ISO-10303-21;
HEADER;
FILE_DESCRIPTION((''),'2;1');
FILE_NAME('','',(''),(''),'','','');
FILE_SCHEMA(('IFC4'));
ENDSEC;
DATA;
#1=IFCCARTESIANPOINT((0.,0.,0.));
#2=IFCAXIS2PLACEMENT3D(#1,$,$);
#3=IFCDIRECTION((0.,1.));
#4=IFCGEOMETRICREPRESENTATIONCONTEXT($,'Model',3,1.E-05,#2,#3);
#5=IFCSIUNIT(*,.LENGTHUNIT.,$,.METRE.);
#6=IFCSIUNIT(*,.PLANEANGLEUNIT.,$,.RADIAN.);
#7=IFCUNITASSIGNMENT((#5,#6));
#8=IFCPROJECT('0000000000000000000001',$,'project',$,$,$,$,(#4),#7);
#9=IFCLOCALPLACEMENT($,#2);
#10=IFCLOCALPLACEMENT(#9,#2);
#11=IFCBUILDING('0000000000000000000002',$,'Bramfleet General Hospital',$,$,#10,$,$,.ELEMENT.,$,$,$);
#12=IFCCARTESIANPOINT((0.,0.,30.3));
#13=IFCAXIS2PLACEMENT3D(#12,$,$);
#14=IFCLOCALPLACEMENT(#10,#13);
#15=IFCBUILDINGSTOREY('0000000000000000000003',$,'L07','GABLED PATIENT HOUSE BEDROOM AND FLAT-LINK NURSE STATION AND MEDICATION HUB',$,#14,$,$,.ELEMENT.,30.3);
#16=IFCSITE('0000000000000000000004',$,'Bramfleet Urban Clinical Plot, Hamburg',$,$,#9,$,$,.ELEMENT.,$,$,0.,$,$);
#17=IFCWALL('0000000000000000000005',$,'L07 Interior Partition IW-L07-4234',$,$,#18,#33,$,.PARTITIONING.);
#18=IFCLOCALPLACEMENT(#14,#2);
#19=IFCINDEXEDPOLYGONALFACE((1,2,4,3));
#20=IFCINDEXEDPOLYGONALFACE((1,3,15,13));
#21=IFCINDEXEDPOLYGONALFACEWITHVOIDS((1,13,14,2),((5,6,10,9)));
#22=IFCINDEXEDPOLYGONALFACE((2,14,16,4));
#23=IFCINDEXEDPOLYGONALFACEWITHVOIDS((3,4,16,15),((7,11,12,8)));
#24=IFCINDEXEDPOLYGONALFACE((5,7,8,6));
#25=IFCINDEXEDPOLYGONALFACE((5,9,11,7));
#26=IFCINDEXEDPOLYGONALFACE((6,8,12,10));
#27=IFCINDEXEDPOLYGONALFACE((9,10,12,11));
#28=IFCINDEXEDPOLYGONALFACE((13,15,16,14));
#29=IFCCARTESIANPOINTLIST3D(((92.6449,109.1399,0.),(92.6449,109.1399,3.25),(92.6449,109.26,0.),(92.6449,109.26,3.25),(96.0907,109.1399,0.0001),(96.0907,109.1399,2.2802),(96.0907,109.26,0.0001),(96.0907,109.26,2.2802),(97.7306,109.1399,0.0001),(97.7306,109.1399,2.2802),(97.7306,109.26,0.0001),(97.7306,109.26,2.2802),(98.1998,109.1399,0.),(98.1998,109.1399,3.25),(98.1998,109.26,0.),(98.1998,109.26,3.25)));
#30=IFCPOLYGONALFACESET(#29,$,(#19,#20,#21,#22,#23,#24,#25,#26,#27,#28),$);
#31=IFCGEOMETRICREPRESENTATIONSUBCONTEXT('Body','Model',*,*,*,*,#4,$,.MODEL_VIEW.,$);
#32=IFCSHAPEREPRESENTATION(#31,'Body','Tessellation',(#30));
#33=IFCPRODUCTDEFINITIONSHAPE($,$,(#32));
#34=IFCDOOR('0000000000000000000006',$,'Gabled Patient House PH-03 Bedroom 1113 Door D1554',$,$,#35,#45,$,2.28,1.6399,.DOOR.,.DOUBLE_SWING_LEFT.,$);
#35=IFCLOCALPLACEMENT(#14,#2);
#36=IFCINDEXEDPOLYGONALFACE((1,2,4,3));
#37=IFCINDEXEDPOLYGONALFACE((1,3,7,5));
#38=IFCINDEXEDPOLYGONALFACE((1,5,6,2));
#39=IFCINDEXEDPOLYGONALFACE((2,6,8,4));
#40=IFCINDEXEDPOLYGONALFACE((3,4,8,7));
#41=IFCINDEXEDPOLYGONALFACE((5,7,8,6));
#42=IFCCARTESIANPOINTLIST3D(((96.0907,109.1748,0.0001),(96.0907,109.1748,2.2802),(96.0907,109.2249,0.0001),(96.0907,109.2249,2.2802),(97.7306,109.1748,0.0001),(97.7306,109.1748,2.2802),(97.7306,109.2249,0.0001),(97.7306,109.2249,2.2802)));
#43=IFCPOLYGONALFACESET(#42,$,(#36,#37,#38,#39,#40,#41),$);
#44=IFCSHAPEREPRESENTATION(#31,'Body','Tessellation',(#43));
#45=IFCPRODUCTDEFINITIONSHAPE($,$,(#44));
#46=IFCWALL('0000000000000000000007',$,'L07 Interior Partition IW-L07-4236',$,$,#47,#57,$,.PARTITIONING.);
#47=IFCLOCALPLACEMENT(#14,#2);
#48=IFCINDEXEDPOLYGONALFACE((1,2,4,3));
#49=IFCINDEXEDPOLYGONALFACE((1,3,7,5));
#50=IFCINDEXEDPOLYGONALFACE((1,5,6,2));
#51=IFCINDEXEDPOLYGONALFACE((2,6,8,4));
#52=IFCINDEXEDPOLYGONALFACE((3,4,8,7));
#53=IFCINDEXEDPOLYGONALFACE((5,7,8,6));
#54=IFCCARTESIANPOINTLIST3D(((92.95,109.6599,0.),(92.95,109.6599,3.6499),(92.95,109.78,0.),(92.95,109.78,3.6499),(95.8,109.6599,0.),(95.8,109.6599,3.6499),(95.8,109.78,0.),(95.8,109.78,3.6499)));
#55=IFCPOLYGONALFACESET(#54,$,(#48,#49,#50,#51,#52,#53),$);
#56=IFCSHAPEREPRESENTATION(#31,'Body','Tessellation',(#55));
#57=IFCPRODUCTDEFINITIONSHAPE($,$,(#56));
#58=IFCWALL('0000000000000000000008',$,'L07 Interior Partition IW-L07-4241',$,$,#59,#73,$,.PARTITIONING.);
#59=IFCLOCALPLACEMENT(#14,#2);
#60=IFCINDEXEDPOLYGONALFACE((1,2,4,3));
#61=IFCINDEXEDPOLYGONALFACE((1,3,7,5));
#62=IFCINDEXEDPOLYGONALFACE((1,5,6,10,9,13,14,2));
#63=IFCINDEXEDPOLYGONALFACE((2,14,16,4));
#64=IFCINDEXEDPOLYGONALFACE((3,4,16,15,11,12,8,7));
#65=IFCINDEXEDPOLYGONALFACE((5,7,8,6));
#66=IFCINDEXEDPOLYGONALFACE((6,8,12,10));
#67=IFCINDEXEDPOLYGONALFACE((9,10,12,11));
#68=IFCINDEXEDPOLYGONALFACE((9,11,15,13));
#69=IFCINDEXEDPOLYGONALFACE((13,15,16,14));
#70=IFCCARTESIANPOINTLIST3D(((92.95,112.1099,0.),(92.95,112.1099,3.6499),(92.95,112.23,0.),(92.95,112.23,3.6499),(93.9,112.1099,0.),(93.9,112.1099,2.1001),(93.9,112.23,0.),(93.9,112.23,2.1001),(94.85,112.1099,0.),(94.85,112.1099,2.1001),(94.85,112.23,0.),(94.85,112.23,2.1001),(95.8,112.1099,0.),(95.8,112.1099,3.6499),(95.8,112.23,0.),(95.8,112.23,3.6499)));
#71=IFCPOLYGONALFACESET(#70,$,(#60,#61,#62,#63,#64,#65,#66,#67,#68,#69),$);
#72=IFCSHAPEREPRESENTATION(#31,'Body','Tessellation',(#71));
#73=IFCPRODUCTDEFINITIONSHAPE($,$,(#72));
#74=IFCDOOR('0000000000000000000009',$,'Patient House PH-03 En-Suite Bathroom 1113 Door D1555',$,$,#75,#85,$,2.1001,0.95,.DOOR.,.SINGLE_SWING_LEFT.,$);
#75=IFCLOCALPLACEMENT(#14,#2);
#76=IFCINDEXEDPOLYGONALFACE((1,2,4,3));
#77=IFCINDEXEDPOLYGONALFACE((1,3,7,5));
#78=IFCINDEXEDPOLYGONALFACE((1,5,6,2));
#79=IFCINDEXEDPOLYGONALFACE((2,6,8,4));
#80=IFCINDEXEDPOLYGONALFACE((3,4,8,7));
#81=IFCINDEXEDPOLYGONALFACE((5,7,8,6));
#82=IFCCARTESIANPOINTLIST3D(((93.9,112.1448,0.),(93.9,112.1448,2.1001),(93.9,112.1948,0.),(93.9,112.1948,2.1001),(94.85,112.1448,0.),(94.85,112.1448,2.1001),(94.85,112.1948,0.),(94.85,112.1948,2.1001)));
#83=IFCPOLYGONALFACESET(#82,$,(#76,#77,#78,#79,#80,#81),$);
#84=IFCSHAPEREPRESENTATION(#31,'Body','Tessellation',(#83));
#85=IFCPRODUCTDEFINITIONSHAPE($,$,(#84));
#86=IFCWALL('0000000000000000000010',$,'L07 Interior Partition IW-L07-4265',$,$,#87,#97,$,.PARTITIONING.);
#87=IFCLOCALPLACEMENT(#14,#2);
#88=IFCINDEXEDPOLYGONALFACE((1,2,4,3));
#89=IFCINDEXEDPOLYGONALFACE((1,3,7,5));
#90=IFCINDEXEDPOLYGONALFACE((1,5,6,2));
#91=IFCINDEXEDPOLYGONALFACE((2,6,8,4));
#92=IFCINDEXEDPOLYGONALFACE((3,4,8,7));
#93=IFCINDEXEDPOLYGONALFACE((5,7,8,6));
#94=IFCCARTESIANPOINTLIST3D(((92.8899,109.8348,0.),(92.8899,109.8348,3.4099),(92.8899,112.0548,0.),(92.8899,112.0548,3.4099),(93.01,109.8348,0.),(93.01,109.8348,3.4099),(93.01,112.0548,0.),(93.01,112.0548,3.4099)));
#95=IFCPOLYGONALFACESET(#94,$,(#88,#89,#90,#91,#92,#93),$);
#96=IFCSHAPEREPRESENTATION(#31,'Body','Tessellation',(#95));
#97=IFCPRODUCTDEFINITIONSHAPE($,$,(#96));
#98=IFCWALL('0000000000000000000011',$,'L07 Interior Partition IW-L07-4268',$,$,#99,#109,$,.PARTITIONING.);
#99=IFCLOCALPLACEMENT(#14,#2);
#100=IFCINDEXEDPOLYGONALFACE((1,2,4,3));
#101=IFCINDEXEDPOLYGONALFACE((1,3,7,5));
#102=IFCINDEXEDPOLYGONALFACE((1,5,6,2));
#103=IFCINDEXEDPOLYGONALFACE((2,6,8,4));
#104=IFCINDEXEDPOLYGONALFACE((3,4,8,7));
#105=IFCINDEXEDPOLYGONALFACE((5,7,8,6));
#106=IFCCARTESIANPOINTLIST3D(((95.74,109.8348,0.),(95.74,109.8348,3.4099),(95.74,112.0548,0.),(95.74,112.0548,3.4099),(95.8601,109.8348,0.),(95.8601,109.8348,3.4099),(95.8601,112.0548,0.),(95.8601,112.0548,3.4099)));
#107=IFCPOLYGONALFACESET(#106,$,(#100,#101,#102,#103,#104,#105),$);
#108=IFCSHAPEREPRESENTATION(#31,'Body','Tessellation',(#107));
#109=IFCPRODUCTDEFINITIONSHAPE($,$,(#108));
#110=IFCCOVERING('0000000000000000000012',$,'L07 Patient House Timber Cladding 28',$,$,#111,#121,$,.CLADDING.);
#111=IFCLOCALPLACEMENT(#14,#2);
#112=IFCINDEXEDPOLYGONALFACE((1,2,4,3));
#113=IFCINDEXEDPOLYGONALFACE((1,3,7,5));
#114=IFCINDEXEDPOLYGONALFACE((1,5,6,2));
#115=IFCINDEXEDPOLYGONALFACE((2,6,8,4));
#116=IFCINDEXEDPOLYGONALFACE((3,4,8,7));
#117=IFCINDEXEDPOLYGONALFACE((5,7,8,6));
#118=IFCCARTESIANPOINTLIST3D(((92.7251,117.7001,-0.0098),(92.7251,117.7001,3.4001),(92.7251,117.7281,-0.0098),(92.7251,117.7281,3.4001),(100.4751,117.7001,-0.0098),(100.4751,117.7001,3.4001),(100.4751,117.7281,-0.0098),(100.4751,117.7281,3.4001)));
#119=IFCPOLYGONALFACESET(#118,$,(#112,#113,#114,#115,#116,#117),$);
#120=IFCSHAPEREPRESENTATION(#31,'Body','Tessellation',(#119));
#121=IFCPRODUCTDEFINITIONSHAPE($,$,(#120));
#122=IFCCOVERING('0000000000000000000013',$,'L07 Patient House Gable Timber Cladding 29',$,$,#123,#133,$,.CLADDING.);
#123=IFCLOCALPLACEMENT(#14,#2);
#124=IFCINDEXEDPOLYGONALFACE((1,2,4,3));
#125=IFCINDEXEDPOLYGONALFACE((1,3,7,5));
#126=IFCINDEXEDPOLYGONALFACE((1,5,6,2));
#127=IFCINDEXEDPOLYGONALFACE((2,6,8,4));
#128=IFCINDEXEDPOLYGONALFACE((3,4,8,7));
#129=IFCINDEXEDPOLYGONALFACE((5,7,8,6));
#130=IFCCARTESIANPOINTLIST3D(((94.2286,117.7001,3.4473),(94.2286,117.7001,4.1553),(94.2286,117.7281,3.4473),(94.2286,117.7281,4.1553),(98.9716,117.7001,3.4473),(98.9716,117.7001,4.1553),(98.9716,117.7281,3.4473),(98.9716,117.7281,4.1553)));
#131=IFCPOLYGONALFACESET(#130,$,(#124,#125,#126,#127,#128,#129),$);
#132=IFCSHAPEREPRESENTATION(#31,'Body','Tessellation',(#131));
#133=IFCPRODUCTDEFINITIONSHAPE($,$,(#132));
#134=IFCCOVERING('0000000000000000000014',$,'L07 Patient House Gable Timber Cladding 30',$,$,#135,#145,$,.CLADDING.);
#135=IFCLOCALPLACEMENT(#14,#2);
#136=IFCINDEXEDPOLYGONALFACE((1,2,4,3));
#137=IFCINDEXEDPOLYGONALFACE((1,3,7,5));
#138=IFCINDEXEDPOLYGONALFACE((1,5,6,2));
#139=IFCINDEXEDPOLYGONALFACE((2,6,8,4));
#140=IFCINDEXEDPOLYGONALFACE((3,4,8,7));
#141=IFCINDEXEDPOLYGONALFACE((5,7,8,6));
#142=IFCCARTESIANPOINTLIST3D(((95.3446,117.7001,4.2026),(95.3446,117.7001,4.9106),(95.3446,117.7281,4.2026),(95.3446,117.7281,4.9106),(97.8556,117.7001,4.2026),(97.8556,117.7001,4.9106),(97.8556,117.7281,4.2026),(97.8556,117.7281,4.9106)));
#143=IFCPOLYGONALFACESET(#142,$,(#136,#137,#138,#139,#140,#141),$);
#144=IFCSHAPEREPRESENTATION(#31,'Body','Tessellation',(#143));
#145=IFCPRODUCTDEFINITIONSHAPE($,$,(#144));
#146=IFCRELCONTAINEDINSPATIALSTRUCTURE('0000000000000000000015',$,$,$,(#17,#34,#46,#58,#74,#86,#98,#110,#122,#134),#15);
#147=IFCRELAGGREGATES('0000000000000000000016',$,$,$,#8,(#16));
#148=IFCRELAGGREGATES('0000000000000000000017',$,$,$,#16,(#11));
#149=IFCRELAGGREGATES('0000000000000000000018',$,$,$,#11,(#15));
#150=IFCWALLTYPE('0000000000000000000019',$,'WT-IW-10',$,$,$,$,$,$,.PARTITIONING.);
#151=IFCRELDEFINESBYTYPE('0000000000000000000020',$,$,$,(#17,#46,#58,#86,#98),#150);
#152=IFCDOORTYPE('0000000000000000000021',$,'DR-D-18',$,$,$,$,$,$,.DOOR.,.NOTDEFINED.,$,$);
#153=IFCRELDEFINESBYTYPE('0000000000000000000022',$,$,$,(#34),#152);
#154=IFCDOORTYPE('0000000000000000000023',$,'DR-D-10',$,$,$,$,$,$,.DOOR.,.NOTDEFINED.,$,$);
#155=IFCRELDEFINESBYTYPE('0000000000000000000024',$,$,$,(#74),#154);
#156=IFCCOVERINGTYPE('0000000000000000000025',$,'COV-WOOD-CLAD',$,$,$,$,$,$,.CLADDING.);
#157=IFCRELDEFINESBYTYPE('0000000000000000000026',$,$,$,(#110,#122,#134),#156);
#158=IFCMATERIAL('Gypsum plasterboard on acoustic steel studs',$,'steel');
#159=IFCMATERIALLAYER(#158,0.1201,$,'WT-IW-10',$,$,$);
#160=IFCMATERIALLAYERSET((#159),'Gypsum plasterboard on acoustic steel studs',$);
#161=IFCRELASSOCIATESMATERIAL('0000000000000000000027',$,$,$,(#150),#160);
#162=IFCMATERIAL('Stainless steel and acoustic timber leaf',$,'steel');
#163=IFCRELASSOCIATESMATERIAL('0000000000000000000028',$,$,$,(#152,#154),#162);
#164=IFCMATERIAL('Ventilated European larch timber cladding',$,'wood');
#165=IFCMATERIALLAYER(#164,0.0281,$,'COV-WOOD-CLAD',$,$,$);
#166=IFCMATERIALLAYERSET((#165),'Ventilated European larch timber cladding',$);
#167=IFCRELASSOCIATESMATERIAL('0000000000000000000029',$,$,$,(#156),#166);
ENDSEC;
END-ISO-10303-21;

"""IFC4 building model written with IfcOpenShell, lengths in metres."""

from ifc_helpers import new_model, si_unit, direction, frame, frame_2d, origin, origin_2d, place, context, subcontext, project, spatial, rectangle, extrude, material, layer, layer_set, type_object, element, fill, save


model = new_model("IFC4")

# Units and contexts
model_context = context("Model", 3, precision=1e-05, world=origin(), true_north=direction((0.0, 1.0)))
body_context = subcontext(model_context, "Body", "Model", "MODEL_VIEW")
ifc_project = project(units=[si_unit("LENGTHUNIT", "METRE"), si_unit("PLANEANGLEUNIT", "RADIAN")], contexts=[model_context])

# Site, building, storey
site_placement = place(None, origin())
site = spatial("IfcSite", under=ifc_project, at=site_placement, Name="Bramfleet Urban Clinical Plot, Hamburg", CompositionType="ELEMENT", RefElevation=0.0)
building_placement = place(site_placement, origin())
building = spatial("IfcBuilding", under=site, at=building_placement, Name="Bramfleet General Hospital", CompositionType="ELEMENT")
storey_placement = place(building_placement, frame((0.0, 0.0, 30.3)))
storey = spatial("IfcBuildingStorey", under=building, at=storey_placement, Name="L07", Description="GABLED PATIENT HOUSE BEDROOM AND FLAT-LINK NURSE STATION AND MEDICATION HUB", CompositionType="ELEMENT", Elevation=30.3)

# Wall, opening, door
ifc_material_1 = material(Name="Gypsum plasterboard on acoustic steel studs", Category="steel")
ifc_layer_1 = layer(ifc_material_1, 0.1201, Name="WT-IW-10")
ifc_layer_set_1 = layer_set([ifc_layer_1], Name="Gypsum plasterboard on acoustic steel studs")
wall_type_1 = type_object("IfcWallType", Name="WT-IW-10", PredefinedType="PARTITIONING", material=ifc_layer_set_1)
wall_1_placement = place(storey_placement, frame((92.645, 109.2, 0.0), z_axis=(0.0, 0.0, 1.0), x_axis=(1.0, 0.0, 0.0)))
wall_1 = element("IfcWall", 1, at=wall_1_placement, inside=storey, type_object=wall_type_1, Name="L07 Interior Partition IW-L07-4234", PredefinedType="PARTITIONING", context=body_context, shape_type="SweptSolid", body=[
    extrude(rectangle(XDim=5.5549, YDim=0.1201, at=frame_2d((2.7773, 0.0))), origin(), (0.0, 0.0, 1.0), 3.25),
])
opening_1_placement = place(wall_1_placement, frame((3.4458, 0.0, 0.0)))
opening_1 = element("IfcOpeningElement", 2, at=opening_1_placement, cuts=wall_1, PredefinedType="OPENING", context=body_context, shape_type="SweptSolid", body=[
    extrude(rectangle(XDim=1.6399, YDim=2.28, at=frame_2d((0.8198, 1.1401))), frame((0.0, 0.0701, 0.0), z_axis=(0.0, -1.0, 0.0), x_axis=(1.0, 0.0, 0.0)), (0.0, 0.0, 1.0), 0.1401),
])
ifc_material_2 = material(Name="Stainless steel and acoustic timber leaf", Category="steel")
door_type_1 = type_object("IfcDoorType", Name="DR-D-18", OperationType="NOTDEFINED", PredefinedType="DOOR", material=ifc_material_2)
door_1_placement = place(opening_1_placement, origin())
door_1 = element("IfcDoor", 3, at=door_1_placement, inside=storey, type_object=door_type_1, Name="Gabled Patient House PH-03 Bedroom 1113 Door D1554", OperationType="DOUBLE_SWING_LEFT", OverallHeight=2.28, OverallWidth=1.6399, PredefinedType="DOOR", context=body_context, shape_type="SweptSolid", body=[
    extrude(rectangle(XDim=1.6399, YDim=2.28, at=frame_2d((0.8198, 1.1401))), frame((0.0, 0.0249, 0.0), z_axis=(0.0, -1.0, 0.0), x_axis=(1.0, 0.0, 0.0)), (0.0, 0.0, 1.0), 0.05),
])
fill(opening_1, door_1)

# Wall
wall_2_placement = place(storey_placement, frame((92.95, 109.72, 0.0), z_axis=(0.0, 0.0, 1.0), x_axis=(1.0, 0.0, 0.0)))
element("IfcWall", 4, at=wall_2_placement, inside=storey, type_object=wall_type_1, Name="L07 Interior Partition IW-L07-4236", PredefinedType="PARTITIONING", context=body_context, shape_type="SweptSolid", body=[
    extrude(rectangle(XDim=2.8501, YDim=0.1201, at=frame_2d((1.425, 0.0))), origin(), (0.0, 0.0, 1.0), 3.6499),
])

# Wall, opening, door
wall_3_placement = place(storey_placement, frame((92.95, 112.1699, 0.0), z_axis=(0.0, 0.0, 1.0), x_axis=(1.0, 0.0, 0.0)))
wall_3 = element("IfcWall", 5, at=wall_3_placement, inside=storey, type_object=wall_type_1, Name="L07 Interior Partition IW-L07-4241", PredefinedType="PARTITIONING", context=body_context, shape_type="SweptSolid", body=[
    extrude(rectangle(XDim=2.8501, YDim=0.1201, at=frame_2d((1.425, 0.0))), origin(), (0.0, 0.0, 1.0), 3.6499),
])
opening_2_placement = place(wall_3_placement, frame((0.95, 0.0, 0.0)))
opening_2 = element("IfcOpeningElement", 6, at=opening_2_placement, cuts=wall_3, PredefinedType="OPENING", context=body_context, shape_type="SweptSolid", body=[
    extrude(rectangle(XDim=0.95, YDim=2.1001, at=frame_2d((0.4751, 1.05))), frame((0.0, 0.0701, 0.0), z_axis=(0.0, -1.0, 0.0), x_axis=(1.0, 0.0, 0.0)), (0.0, 0.0, 1.0), 0.1401),
])
door_type_2 = type_object("IfcDoorType", Name="DR-D-10", OperationType="NOTDEFINED", PredefinedType="DOOR", material=ifc_material_2)
door_2_placement = place(opening_2_placement, origin())
door_2 = element("IfcDoor", 7, at=door_2_placement, inside=storey, type_object=door_type_2, Name="Patient House PH-03 En-Suite Bathroom 1113 Door D1555", OperationType="SINGLE_SWING_LEFT", OverallHeight=2.1001, OverallWidth=0.95, PredefinedType="DOOR", context=body_context, shape_type="SweptSolid", body=[
    extrude(rectangle(XDim=0.95, YDim=2.1001, at=frame_2d((0.4751, 1.05))), frame((0.0, 0.0249, 0.0), z_axis=(0.0, -1.0, 0.0), x_axis=(1.0, 0.0, 0.0)), (0.0, 0.0, 1.0), 0.05),
])
fill(opening_2, door_2)

# Walls
for number, where, z_axis, x_axis, name in (
    (8, (92.95, 109.835, 0.0), (0.0, 0.0, 1.0), (0.0, 1.0, 0.0), "L07 Interior Partition IW-L07-4265"),
    (9, (95.8, 109.835, 0.0), (0.0, 0.0, 1.0), (0.0, 1.0, 0.0), "L07 Interior Partition IW-L07-4268"),
):
    element("IfcWall", number, at=place(storey_placement, frame(where, z_axis=z_axis, x_axis=x_axis)), inside=storey, type_object=wall_type_1, Name=name, PredefinedType="PARTITIONING", context=body_context, shape_type="SweptSolid", body=[
        extrude(rectangle(XDim=2.22, YDim=0.1201, at=frame_2d((1.1099, 0.0))), origin(), (0.0, 0.0, 1.0), 3.4099),
    ])

# Coverings
ifc_material_3 = material(Name="Ventilated European larch timber cladding", Category="wood")
ifc_layer_2 = layer(ifc_material_3, 0.0281, Name="COV-WOOD-CLAD")
ifc_layer_set_2 = layer_set([ifc_layer_2], Name="Ventilated European larch timber cladding")
covering_type = type_object("IfcCoveringType", Name="COV-WOOD-CLAD", PredefinedType="CLADDING", material=ifc_layer_set_2)
covering_1_placement = place(storey_placement, frame((96.6001, 117.7141, -0.0098), z_axis=(0.0, 0.0, 1.0), x_axis=(1.0, 0.0, 0.0)))
element("IfcCovering", 10, at=covering_1_placement, inside=storey, type_object=covering_type, Name="L07 Patient House Timber Cladding 28", PredefinedType="CLADDING", context=body_context, shape_type="SweptSolid", body=[
    extrude(rectangle(XDim=7.75, YDim=0.0281, at=origin_2d()), origin(), (0.0, 0.0, 1.0), 3.4099),
])
covering_2_placement = place(storey_placement, frame((96.6001, 117.7141, 3.4473), z_axis=(0.0, 0.0, 1.0), x_axis=(1.0, 0.0, 0.0)))
element("IfcCovering", 11, at=covering_2_placement, inside=storey, type_object=covering_type, Name="L07 Patient House Gable Timber Cladding 29", PredefinedType="CLADDING", context=body_context, shape_type="SweptSolid", body=[
    extrude(rectangle(XDim=4.7429, YDim=0.0281, at=origin_2d()), origin(), (0.0, 0.0, 1.0), 0.708),
])
covering_3_placement = place(storey_placement, frame((96.6001, 117.7141, 4.2026), z_axis=(0.0, 0.0, 1.0), x_axis=(1.0, 0.0, 0.0)))
element("IfcCovering", 12, at=covering_3_placement, inside=storey, type_object=covering_type, Name="L07 Patient House Gable Timber Cladding 30", PredefinedType="CLADDING", context=body_context, shape_type="SweptSolid", body=[
    extrude(rectangle(XDim=2.511, YDim=0.0281, at=origin_2d()), origin(), (0.0, 0.0, 1.0), 0.708),
])

save(model, "model.ifc")
